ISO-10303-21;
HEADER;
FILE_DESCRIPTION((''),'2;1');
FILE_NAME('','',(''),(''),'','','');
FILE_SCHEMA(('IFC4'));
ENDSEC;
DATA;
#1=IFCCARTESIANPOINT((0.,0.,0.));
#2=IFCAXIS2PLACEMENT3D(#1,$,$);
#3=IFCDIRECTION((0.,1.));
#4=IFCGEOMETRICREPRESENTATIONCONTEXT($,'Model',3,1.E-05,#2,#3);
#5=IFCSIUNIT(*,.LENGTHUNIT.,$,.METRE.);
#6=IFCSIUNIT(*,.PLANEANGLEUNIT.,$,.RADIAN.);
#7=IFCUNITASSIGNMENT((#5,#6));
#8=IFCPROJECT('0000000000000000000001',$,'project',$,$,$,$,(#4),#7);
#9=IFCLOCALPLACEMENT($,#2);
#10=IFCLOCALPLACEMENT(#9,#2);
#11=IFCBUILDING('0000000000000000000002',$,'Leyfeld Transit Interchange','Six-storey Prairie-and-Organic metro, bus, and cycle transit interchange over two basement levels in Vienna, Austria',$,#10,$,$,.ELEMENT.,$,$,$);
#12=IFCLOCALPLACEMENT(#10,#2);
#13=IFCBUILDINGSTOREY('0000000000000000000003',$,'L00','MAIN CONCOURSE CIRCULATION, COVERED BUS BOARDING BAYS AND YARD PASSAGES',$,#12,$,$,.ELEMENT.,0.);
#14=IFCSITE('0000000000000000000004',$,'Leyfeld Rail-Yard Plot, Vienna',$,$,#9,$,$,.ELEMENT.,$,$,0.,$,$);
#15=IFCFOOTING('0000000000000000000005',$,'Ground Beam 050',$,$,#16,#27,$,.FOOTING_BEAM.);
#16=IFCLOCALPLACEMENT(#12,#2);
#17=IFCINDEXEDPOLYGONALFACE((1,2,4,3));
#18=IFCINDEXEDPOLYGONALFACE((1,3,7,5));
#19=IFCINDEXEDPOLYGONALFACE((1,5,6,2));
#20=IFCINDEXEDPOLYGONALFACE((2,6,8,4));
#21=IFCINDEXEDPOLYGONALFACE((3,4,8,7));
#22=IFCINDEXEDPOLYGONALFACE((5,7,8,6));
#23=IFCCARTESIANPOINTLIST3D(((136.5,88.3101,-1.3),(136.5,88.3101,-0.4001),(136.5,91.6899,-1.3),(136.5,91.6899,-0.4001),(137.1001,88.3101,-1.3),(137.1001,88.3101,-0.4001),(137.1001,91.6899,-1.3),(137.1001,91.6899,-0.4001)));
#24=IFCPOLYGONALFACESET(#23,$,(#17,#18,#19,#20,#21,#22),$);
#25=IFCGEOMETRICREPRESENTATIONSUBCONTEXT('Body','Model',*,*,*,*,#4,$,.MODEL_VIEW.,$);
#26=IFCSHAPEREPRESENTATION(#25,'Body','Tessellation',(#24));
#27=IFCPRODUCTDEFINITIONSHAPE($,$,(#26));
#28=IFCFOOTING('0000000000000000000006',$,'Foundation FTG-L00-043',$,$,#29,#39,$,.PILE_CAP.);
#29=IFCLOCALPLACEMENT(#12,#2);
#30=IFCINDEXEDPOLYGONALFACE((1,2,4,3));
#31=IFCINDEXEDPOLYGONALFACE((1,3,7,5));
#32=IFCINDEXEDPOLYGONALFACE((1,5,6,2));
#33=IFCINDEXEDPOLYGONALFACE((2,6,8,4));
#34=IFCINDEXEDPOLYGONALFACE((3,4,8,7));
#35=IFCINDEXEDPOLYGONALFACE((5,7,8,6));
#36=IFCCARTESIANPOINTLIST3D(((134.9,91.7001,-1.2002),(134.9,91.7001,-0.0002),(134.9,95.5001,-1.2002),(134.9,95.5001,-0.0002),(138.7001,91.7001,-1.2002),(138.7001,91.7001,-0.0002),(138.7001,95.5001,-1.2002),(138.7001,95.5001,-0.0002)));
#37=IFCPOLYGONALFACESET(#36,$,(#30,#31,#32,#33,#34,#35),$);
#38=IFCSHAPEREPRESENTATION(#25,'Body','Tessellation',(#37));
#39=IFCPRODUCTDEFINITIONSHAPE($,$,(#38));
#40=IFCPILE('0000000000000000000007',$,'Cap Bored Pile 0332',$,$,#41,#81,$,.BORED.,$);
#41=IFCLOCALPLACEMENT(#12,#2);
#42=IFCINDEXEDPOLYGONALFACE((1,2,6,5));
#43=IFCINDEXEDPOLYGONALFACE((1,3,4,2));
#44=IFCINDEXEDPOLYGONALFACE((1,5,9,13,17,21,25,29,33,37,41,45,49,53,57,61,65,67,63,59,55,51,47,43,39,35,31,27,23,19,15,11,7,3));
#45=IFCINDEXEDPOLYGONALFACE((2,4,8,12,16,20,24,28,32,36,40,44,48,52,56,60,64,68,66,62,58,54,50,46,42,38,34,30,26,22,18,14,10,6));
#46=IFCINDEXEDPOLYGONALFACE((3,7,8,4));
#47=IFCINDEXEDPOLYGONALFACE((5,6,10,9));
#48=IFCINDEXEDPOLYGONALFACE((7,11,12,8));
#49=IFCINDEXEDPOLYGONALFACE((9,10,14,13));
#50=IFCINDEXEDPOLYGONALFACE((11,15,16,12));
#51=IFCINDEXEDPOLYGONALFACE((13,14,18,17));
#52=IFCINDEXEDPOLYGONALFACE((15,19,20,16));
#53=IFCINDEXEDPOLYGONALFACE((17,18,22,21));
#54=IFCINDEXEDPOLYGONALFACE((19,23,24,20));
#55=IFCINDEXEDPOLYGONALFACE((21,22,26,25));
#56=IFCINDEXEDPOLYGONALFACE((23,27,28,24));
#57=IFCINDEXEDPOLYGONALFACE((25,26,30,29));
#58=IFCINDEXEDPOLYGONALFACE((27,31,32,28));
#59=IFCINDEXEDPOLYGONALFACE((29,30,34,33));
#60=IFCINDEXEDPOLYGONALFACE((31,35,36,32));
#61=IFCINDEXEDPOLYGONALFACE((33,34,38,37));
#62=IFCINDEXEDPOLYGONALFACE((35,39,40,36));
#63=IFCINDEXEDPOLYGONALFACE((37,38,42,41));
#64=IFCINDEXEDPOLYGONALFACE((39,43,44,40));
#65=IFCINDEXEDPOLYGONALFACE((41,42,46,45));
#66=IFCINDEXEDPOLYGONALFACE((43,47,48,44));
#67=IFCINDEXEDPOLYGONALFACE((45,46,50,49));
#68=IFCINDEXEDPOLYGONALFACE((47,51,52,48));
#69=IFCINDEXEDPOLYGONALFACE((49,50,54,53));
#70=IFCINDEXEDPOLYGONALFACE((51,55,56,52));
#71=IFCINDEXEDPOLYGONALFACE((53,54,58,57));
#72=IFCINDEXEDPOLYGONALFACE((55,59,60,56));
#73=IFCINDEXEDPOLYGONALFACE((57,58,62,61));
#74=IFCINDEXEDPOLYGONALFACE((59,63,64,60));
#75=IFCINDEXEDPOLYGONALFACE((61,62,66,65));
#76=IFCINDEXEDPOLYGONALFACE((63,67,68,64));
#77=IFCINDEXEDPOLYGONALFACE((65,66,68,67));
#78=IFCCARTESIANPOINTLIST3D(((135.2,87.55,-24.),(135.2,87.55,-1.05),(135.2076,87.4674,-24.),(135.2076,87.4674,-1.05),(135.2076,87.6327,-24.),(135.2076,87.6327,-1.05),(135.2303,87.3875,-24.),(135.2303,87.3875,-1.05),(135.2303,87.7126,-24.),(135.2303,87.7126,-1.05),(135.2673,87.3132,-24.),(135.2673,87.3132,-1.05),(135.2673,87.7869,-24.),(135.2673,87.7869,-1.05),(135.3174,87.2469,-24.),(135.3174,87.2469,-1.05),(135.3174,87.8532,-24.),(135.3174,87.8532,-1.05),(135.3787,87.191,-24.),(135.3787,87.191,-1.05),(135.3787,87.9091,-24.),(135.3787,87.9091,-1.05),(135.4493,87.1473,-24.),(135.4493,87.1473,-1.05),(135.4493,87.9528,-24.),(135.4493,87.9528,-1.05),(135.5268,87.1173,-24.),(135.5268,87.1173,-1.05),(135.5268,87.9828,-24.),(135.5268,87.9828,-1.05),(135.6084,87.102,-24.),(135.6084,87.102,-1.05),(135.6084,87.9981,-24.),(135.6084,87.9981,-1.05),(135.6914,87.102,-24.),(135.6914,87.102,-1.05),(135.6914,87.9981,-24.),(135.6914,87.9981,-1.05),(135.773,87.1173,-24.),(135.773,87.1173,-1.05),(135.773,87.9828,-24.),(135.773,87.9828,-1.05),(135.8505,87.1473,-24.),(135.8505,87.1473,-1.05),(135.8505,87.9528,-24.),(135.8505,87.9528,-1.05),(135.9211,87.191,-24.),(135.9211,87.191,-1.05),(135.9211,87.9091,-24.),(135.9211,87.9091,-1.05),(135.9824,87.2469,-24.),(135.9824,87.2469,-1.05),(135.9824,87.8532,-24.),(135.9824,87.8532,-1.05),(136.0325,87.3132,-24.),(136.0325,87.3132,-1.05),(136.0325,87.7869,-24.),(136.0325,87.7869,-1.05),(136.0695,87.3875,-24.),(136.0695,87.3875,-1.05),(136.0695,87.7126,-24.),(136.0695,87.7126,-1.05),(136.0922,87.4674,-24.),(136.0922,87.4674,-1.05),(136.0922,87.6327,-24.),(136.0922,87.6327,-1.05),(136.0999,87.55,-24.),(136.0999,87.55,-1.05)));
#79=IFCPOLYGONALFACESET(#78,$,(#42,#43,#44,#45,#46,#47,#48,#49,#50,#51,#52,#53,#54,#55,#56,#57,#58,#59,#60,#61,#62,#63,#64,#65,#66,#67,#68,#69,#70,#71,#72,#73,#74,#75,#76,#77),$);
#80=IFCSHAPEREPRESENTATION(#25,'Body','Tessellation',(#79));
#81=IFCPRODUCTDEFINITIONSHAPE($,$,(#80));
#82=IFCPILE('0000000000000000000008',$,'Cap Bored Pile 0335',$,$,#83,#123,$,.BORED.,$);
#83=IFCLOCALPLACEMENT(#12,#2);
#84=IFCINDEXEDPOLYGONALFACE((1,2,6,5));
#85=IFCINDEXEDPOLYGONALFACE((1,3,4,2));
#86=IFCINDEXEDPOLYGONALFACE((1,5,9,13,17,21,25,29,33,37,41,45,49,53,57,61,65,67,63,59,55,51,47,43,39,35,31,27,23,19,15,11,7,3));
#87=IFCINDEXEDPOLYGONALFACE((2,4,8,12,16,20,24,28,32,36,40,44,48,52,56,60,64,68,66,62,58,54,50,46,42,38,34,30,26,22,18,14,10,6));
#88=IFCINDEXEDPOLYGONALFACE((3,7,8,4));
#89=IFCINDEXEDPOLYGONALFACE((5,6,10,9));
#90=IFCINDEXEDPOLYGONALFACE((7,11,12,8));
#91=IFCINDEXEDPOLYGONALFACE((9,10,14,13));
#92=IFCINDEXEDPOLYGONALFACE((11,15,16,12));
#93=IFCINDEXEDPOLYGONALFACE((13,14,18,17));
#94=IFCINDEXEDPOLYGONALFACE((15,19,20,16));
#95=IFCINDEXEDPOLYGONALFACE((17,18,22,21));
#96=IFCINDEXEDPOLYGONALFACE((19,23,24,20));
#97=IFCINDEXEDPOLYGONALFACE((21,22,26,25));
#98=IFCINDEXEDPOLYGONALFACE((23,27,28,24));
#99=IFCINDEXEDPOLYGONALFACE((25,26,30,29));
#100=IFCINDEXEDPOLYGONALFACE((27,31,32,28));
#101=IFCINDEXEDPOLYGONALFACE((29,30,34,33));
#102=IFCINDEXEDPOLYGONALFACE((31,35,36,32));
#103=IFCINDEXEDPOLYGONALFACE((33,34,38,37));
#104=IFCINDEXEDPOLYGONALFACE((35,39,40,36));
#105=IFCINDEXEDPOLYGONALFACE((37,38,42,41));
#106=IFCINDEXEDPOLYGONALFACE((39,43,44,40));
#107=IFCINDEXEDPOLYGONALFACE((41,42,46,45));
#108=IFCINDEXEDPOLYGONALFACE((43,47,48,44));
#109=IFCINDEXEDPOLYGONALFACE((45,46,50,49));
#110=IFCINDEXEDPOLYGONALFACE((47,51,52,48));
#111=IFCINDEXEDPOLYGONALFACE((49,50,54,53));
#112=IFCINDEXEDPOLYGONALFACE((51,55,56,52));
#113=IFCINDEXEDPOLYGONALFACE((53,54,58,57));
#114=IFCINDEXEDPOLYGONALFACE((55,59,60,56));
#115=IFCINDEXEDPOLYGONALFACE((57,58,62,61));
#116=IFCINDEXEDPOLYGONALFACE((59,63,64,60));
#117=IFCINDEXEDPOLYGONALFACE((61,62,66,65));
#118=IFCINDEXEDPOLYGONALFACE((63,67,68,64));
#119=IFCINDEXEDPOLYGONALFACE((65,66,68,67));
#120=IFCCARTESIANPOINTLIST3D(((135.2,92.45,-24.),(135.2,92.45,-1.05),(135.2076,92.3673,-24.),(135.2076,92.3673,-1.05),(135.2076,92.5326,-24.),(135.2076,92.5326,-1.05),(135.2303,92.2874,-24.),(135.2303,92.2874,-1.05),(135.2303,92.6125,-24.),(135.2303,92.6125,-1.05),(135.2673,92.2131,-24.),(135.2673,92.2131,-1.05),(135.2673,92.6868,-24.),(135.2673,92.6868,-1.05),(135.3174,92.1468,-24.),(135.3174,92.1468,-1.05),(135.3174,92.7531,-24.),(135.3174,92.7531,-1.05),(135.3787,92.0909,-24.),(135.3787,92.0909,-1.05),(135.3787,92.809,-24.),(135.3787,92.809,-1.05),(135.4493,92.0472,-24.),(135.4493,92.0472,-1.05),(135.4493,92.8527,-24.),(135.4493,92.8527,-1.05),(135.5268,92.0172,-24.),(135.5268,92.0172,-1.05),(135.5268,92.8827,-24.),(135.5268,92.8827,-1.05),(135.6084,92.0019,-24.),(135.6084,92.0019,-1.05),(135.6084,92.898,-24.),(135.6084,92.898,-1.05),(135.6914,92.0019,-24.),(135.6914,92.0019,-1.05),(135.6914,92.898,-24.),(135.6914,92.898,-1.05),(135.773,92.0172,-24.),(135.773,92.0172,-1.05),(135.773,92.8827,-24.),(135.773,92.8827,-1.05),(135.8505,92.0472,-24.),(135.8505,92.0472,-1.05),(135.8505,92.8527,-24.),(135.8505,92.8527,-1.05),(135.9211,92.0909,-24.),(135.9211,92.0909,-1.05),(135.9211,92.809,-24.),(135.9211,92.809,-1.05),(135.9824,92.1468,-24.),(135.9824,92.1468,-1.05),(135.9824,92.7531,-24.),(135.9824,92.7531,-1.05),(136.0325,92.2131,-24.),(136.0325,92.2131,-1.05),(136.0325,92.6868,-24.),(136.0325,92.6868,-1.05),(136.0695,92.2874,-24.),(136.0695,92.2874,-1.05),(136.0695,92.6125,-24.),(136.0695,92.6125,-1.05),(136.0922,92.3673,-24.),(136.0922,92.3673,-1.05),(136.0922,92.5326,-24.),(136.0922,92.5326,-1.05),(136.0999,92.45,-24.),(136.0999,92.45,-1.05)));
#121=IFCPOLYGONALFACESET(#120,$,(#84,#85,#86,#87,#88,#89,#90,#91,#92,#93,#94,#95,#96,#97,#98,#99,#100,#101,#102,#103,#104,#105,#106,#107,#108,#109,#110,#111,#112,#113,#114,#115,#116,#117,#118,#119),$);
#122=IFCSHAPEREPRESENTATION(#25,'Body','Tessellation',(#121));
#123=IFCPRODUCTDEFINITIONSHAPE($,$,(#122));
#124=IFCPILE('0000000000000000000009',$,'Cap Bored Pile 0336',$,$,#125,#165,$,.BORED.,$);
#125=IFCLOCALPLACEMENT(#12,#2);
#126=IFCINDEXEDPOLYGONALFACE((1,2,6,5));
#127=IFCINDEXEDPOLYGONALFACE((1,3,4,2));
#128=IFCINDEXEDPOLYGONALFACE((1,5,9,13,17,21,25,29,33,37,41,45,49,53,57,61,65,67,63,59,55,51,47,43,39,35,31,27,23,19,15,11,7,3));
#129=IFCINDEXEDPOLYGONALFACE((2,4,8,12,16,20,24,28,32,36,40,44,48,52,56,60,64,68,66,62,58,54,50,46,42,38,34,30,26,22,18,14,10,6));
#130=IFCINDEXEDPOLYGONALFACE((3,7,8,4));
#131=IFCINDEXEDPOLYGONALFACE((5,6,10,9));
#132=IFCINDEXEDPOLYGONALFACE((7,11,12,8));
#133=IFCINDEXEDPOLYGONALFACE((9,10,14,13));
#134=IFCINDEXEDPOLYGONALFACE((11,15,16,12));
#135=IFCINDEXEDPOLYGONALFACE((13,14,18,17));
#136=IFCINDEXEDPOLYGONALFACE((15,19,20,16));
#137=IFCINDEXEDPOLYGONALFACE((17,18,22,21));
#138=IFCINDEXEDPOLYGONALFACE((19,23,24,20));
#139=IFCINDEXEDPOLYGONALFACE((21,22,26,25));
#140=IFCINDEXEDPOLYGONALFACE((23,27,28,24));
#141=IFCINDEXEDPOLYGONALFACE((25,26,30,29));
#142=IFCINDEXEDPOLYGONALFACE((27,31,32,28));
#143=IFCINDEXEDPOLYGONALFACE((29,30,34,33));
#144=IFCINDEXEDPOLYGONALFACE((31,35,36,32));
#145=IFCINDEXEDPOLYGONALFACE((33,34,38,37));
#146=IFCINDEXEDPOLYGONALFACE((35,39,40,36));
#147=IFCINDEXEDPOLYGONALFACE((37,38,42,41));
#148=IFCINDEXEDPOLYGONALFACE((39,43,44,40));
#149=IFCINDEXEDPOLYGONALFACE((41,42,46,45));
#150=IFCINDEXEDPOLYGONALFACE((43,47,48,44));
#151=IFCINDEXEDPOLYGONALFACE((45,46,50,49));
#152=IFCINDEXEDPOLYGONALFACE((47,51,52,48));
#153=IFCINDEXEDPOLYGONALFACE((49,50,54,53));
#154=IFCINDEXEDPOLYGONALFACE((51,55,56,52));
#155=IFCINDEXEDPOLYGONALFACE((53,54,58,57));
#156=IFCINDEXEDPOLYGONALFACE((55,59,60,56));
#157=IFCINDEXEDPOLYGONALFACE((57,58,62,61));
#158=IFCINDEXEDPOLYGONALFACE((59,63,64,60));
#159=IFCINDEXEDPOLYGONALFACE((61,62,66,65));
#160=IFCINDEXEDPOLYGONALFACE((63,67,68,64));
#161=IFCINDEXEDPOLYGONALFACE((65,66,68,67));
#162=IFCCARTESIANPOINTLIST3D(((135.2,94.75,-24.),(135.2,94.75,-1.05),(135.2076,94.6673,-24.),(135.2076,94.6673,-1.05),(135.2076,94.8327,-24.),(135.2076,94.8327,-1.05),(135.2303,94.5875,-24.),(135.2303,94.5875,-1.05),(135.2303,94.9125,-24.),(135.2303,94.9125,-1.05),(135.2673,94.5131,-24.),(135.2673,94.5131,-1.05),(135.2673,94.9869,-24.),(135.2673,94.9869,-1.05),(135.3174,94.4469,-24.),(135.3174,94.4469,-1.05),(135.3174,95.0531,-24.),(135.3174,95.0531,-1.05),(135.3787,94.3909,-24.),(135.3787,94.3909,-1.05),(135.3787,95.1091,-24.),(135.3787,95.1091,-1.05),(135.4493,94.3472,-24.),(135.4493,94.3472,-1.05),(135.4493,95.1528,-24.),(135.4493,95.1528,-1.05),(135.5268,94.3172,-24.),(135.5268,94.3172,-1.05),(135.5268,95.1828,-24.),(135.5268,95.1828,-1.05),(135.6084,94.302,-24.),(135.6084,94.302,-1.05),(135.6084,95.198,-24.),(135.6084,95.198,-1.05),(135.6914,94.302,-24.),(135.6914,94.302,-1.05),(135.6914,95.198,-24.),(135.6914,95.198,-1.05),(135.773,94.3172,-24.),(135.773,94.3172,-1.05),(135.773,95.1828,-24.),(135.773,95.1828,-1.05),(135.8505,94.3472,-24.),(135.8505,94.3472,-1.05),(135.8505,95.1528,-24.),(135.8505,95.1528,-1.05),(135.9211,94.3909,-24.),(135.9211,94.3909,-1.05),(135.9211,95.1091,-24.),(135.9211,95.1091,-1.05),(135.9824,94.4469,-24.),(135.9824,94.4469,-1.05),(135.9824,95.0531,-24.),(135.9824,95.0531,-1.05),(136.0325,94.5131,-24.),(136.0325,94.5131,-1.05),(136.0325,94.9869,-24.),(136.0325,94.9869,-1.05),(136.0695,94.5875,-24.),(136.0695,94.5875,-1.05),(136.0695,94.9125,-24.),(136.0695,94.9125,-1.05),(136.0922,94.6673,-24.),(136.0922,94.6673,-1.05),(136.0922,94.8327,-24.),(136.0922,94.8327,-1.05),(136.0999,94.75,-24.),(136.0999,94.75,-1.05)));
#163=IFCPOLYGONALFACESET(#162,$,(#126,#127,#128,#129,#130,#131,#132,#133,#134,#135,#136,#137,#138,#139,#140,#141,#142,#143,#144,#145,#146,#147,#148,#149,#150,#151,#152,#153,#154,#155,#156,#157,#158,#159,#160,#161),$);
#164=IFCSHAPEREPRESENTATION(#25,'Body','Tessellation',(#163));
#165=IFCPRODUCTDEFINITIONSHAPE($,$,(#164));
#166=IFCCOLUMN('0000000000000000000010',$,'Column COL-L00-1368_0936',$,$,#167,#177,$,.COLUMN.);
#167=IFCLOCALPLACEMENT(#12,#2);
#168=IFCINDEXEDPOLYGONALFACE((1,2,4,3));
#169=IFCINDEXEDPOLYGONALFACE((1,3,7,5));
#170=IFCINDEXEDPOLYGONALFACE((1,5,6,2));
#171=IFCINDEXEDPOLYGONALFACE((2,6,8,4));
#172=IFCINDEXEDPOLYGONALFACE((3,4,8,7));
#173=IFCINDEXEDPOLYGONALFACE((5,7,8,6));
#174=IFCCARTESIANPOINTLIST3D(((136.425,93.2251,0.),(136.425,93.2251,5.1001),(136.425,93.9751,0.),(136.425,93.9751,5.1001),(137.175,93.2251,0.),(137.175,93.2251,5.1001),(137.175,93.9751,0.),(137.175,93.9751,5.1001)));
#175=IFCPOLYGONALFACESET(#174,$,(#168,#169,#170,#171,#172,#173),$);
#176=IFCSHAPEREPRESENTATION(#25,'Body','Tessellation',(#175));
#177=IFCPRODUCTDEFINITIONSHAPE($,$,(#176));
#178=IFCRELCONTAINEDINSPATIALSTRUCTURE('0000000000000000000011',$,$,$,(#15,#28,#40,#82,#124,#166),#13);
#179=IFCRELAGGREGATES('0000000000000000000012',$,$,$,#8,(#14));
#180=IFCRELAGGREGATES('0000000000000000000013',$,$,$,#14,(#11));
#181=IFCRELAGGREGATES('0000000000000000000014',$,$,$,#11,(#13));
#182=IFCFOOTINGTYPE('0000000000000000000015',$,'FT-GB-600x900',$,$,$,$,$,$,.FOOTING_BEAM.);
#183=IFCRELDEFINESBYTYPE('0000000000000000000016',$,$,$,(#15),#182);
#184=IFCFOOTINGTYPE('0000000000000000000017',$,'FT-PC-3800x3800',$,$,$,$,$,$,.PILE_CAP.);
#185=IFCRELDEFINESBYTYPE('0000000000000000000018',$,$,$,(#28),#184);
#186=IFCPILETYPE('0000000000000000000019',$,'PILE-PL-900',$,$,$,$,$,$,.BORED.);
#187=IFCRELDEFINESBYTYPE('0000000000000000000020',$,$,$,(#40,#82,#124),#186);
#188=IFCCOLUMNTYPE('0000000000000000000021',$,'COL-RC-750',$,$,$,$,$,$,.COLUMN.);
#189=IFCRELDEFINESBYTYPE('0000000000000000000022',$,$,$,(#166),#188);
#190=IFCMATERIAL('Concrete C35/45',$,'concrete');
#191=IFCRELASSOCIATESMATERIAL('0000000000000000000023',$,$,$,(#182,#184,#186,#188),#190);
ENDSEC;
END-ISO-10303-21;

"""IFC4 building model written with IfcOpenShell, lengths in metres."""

from ifc_helpers import new_model, si_unit, direction, frame, origin, origin_2d, place, context, subcontext, project, spatial, rectangle, circle, extrude, material, material_profile, profile_set, type_object, element, save


model = new_model("IFC4")

# Units and contexts
model_context = context("Model", 3, precision=1e-05, world=origin(), true_north=direction((0.0, 1.0)))
body_context = subcontext(model_context, "Body", "Model", "MODEL_VIEW")
ifc_project = project(units=[si_unit("LENGTHUNIT", "METRE"), si_unit("PLANEANGLEUNIT", "RADIAN")], contexts=[model_context])

# Site, building, storey
site_placement = place(None, origin())
site = spatial("IfcSite", under=ifc_project, at=site_placement, Name="Leyfeld Rail-Yard Plot, Vienna", CompositionType="ELEMENT", RefElevation=0.0)
building_placement = place(site_placement, origin())
building = spatial("IfcBuilding", under=site, at=building_placement, Name="Leyfeld Transit Interchange", Description="Six-storey Prairie-and-Organic metro, bus, and cycle transit interchange over two basement levels in Vienna, Austria", CompositionType="ELEMENT")
storey_placement = place(building_placement, origin())
storey = spatial("IfcBuildingStorey", under=building, at=storey_placement, Name="L00", Description="MAIN CONCOURSE CIRCULATION, COVERED BUS BOARDING BAYS AND YARD PASSAGES", CompositionType="ELEMENT", Elevation=0.0)

# Footings
ifc_material_1 = material(Name="Concrete C35/45", Category="concrete")
footing_type_1 = type_object("IfcFootingType", Name="FT-GB-600x900", PredefinedType="FOOTING_BEAM", material=ifc_material_1)
footing_1_placement = place(storey_placement, frame((136.8, 90.0, -1.3), z_axis=(0.0, 0.0, 1.0), x_axis=(1.0, 0.0, 0.0)))
element("IfcFooting", 1, at=footing_1_placement, inside=storey, type_object=footing_type_1, Name="Ground Beam 050", PredefinedType="FOOTING_BEAM", context=body_context, shape_type="SweptSolid", body=[
    extrude(rectangle(XDim=0.6001, YDim=3.3799, at=origin_2d()), origin(), (0.0, 0.0, 1.0), 0.8999),
])
footing_type_2 = type_object("IfcFootingType", Name="FT-PC-3800x3800", PredefinedType="PILE_CAP", material=ifc_material_1)
footing_2_placement = place(storey_placement, frame((136.8, 93.6001, -1.2002), z_axis=(0.0, 0.0, 1.0), x_axis=(1.0, 0.0, 0.0)))
element("IfcFooting", 2, at=footing_2_placement, inside=storey, type_object=footing_type_2, Name="Foundation FTG-L00-043", PredefinedType="PILE_CAP", context=body_context, shape_type="SweptSolid", body=[
    extrude(rectangle(XDim=3.8, YDim=3.8, at=origin_2d()), origin(), (0.0, 0.0, 1.0), 1.2),
])

# Piles
ifc_material_profile_1 = material_profile(ifc_material_1, circle(Radius=0.45, at=origin_2d()), Name="PILE D900")
ifc_profile_set_1 = profile_set([ifc_material_profile_1], Name="Concrete C35/45")
pile_type = type_object("IfcPileType", Name="PILE-PL-900", PredefinedType="BORED", material=ifc_profile_set_1)
for number, where, z_axis, x_axis, name in (
    (3, (135.6499, 87.55, -1.05), (0.0, 0.0, -1.0), (1.0, 0.0, 0.0), "Cap Bored Pile 0332"),
    (4, (135.6499, 92.45, -1.05), (0.0, 0.0, -1.0), (1.0, 0.0, 0.0), "Cap Bored Pile 0335"),
    (5, (135.6499, 94.75, -1.05), (0.0, 0.0, -1.0), (1.0, 0.0, 0.0), "Cap Bored Pile 0336"),
):
    element("IfcPile", number, at=place(storey_placement, frame(where, z_axis=z_axis, x_axis=x_axis)), inside=storey, type_object=pile_type, Name=name, PredefinedType="BORED", context=body_context, shape_type="SweptSolid", body=[
        extrude(circle(Radius=0.45, at=origin_2d()), origin(), (0.0, 0.0, 1.0), 22.95),
    ])

# Column
ifc_material_profile_2 = material_profile(ifc_material_1, rectangle(XDim=0.75, YDim=0.75, at=origin_2d()), Name="RC 750x750")
ifc_profile_set_2 = profile_set([ifc_material_profile_2], Name="Concrete C35/45")
column_type = type_object("IfcColumnType", Name="COL-RC-750", PredefinedType="COLUMN", material=ifc_profile_set_2)
column_placement = place(storey_placement, frame((136.8, 93.6001, 0.0), z_axis=(0.0, 0.0, 1.0), x_axis=(1.0, 0.0, 0.0)))
element("IfcColumn", 6, at=column_placement, inside=storey, type_object=column_type, Name="Column COL-L00-1368_0936", PredefinedType="COLUMN", context=body_context, shape_type="SweptSolid", body=[
    extrude(rectangle(XDim=0.75, YDim=0.75, at=origin_2d()), origin(), (0.0, 0.0, 1.0), 5.1001),
])

save(model, "model.ifc")
